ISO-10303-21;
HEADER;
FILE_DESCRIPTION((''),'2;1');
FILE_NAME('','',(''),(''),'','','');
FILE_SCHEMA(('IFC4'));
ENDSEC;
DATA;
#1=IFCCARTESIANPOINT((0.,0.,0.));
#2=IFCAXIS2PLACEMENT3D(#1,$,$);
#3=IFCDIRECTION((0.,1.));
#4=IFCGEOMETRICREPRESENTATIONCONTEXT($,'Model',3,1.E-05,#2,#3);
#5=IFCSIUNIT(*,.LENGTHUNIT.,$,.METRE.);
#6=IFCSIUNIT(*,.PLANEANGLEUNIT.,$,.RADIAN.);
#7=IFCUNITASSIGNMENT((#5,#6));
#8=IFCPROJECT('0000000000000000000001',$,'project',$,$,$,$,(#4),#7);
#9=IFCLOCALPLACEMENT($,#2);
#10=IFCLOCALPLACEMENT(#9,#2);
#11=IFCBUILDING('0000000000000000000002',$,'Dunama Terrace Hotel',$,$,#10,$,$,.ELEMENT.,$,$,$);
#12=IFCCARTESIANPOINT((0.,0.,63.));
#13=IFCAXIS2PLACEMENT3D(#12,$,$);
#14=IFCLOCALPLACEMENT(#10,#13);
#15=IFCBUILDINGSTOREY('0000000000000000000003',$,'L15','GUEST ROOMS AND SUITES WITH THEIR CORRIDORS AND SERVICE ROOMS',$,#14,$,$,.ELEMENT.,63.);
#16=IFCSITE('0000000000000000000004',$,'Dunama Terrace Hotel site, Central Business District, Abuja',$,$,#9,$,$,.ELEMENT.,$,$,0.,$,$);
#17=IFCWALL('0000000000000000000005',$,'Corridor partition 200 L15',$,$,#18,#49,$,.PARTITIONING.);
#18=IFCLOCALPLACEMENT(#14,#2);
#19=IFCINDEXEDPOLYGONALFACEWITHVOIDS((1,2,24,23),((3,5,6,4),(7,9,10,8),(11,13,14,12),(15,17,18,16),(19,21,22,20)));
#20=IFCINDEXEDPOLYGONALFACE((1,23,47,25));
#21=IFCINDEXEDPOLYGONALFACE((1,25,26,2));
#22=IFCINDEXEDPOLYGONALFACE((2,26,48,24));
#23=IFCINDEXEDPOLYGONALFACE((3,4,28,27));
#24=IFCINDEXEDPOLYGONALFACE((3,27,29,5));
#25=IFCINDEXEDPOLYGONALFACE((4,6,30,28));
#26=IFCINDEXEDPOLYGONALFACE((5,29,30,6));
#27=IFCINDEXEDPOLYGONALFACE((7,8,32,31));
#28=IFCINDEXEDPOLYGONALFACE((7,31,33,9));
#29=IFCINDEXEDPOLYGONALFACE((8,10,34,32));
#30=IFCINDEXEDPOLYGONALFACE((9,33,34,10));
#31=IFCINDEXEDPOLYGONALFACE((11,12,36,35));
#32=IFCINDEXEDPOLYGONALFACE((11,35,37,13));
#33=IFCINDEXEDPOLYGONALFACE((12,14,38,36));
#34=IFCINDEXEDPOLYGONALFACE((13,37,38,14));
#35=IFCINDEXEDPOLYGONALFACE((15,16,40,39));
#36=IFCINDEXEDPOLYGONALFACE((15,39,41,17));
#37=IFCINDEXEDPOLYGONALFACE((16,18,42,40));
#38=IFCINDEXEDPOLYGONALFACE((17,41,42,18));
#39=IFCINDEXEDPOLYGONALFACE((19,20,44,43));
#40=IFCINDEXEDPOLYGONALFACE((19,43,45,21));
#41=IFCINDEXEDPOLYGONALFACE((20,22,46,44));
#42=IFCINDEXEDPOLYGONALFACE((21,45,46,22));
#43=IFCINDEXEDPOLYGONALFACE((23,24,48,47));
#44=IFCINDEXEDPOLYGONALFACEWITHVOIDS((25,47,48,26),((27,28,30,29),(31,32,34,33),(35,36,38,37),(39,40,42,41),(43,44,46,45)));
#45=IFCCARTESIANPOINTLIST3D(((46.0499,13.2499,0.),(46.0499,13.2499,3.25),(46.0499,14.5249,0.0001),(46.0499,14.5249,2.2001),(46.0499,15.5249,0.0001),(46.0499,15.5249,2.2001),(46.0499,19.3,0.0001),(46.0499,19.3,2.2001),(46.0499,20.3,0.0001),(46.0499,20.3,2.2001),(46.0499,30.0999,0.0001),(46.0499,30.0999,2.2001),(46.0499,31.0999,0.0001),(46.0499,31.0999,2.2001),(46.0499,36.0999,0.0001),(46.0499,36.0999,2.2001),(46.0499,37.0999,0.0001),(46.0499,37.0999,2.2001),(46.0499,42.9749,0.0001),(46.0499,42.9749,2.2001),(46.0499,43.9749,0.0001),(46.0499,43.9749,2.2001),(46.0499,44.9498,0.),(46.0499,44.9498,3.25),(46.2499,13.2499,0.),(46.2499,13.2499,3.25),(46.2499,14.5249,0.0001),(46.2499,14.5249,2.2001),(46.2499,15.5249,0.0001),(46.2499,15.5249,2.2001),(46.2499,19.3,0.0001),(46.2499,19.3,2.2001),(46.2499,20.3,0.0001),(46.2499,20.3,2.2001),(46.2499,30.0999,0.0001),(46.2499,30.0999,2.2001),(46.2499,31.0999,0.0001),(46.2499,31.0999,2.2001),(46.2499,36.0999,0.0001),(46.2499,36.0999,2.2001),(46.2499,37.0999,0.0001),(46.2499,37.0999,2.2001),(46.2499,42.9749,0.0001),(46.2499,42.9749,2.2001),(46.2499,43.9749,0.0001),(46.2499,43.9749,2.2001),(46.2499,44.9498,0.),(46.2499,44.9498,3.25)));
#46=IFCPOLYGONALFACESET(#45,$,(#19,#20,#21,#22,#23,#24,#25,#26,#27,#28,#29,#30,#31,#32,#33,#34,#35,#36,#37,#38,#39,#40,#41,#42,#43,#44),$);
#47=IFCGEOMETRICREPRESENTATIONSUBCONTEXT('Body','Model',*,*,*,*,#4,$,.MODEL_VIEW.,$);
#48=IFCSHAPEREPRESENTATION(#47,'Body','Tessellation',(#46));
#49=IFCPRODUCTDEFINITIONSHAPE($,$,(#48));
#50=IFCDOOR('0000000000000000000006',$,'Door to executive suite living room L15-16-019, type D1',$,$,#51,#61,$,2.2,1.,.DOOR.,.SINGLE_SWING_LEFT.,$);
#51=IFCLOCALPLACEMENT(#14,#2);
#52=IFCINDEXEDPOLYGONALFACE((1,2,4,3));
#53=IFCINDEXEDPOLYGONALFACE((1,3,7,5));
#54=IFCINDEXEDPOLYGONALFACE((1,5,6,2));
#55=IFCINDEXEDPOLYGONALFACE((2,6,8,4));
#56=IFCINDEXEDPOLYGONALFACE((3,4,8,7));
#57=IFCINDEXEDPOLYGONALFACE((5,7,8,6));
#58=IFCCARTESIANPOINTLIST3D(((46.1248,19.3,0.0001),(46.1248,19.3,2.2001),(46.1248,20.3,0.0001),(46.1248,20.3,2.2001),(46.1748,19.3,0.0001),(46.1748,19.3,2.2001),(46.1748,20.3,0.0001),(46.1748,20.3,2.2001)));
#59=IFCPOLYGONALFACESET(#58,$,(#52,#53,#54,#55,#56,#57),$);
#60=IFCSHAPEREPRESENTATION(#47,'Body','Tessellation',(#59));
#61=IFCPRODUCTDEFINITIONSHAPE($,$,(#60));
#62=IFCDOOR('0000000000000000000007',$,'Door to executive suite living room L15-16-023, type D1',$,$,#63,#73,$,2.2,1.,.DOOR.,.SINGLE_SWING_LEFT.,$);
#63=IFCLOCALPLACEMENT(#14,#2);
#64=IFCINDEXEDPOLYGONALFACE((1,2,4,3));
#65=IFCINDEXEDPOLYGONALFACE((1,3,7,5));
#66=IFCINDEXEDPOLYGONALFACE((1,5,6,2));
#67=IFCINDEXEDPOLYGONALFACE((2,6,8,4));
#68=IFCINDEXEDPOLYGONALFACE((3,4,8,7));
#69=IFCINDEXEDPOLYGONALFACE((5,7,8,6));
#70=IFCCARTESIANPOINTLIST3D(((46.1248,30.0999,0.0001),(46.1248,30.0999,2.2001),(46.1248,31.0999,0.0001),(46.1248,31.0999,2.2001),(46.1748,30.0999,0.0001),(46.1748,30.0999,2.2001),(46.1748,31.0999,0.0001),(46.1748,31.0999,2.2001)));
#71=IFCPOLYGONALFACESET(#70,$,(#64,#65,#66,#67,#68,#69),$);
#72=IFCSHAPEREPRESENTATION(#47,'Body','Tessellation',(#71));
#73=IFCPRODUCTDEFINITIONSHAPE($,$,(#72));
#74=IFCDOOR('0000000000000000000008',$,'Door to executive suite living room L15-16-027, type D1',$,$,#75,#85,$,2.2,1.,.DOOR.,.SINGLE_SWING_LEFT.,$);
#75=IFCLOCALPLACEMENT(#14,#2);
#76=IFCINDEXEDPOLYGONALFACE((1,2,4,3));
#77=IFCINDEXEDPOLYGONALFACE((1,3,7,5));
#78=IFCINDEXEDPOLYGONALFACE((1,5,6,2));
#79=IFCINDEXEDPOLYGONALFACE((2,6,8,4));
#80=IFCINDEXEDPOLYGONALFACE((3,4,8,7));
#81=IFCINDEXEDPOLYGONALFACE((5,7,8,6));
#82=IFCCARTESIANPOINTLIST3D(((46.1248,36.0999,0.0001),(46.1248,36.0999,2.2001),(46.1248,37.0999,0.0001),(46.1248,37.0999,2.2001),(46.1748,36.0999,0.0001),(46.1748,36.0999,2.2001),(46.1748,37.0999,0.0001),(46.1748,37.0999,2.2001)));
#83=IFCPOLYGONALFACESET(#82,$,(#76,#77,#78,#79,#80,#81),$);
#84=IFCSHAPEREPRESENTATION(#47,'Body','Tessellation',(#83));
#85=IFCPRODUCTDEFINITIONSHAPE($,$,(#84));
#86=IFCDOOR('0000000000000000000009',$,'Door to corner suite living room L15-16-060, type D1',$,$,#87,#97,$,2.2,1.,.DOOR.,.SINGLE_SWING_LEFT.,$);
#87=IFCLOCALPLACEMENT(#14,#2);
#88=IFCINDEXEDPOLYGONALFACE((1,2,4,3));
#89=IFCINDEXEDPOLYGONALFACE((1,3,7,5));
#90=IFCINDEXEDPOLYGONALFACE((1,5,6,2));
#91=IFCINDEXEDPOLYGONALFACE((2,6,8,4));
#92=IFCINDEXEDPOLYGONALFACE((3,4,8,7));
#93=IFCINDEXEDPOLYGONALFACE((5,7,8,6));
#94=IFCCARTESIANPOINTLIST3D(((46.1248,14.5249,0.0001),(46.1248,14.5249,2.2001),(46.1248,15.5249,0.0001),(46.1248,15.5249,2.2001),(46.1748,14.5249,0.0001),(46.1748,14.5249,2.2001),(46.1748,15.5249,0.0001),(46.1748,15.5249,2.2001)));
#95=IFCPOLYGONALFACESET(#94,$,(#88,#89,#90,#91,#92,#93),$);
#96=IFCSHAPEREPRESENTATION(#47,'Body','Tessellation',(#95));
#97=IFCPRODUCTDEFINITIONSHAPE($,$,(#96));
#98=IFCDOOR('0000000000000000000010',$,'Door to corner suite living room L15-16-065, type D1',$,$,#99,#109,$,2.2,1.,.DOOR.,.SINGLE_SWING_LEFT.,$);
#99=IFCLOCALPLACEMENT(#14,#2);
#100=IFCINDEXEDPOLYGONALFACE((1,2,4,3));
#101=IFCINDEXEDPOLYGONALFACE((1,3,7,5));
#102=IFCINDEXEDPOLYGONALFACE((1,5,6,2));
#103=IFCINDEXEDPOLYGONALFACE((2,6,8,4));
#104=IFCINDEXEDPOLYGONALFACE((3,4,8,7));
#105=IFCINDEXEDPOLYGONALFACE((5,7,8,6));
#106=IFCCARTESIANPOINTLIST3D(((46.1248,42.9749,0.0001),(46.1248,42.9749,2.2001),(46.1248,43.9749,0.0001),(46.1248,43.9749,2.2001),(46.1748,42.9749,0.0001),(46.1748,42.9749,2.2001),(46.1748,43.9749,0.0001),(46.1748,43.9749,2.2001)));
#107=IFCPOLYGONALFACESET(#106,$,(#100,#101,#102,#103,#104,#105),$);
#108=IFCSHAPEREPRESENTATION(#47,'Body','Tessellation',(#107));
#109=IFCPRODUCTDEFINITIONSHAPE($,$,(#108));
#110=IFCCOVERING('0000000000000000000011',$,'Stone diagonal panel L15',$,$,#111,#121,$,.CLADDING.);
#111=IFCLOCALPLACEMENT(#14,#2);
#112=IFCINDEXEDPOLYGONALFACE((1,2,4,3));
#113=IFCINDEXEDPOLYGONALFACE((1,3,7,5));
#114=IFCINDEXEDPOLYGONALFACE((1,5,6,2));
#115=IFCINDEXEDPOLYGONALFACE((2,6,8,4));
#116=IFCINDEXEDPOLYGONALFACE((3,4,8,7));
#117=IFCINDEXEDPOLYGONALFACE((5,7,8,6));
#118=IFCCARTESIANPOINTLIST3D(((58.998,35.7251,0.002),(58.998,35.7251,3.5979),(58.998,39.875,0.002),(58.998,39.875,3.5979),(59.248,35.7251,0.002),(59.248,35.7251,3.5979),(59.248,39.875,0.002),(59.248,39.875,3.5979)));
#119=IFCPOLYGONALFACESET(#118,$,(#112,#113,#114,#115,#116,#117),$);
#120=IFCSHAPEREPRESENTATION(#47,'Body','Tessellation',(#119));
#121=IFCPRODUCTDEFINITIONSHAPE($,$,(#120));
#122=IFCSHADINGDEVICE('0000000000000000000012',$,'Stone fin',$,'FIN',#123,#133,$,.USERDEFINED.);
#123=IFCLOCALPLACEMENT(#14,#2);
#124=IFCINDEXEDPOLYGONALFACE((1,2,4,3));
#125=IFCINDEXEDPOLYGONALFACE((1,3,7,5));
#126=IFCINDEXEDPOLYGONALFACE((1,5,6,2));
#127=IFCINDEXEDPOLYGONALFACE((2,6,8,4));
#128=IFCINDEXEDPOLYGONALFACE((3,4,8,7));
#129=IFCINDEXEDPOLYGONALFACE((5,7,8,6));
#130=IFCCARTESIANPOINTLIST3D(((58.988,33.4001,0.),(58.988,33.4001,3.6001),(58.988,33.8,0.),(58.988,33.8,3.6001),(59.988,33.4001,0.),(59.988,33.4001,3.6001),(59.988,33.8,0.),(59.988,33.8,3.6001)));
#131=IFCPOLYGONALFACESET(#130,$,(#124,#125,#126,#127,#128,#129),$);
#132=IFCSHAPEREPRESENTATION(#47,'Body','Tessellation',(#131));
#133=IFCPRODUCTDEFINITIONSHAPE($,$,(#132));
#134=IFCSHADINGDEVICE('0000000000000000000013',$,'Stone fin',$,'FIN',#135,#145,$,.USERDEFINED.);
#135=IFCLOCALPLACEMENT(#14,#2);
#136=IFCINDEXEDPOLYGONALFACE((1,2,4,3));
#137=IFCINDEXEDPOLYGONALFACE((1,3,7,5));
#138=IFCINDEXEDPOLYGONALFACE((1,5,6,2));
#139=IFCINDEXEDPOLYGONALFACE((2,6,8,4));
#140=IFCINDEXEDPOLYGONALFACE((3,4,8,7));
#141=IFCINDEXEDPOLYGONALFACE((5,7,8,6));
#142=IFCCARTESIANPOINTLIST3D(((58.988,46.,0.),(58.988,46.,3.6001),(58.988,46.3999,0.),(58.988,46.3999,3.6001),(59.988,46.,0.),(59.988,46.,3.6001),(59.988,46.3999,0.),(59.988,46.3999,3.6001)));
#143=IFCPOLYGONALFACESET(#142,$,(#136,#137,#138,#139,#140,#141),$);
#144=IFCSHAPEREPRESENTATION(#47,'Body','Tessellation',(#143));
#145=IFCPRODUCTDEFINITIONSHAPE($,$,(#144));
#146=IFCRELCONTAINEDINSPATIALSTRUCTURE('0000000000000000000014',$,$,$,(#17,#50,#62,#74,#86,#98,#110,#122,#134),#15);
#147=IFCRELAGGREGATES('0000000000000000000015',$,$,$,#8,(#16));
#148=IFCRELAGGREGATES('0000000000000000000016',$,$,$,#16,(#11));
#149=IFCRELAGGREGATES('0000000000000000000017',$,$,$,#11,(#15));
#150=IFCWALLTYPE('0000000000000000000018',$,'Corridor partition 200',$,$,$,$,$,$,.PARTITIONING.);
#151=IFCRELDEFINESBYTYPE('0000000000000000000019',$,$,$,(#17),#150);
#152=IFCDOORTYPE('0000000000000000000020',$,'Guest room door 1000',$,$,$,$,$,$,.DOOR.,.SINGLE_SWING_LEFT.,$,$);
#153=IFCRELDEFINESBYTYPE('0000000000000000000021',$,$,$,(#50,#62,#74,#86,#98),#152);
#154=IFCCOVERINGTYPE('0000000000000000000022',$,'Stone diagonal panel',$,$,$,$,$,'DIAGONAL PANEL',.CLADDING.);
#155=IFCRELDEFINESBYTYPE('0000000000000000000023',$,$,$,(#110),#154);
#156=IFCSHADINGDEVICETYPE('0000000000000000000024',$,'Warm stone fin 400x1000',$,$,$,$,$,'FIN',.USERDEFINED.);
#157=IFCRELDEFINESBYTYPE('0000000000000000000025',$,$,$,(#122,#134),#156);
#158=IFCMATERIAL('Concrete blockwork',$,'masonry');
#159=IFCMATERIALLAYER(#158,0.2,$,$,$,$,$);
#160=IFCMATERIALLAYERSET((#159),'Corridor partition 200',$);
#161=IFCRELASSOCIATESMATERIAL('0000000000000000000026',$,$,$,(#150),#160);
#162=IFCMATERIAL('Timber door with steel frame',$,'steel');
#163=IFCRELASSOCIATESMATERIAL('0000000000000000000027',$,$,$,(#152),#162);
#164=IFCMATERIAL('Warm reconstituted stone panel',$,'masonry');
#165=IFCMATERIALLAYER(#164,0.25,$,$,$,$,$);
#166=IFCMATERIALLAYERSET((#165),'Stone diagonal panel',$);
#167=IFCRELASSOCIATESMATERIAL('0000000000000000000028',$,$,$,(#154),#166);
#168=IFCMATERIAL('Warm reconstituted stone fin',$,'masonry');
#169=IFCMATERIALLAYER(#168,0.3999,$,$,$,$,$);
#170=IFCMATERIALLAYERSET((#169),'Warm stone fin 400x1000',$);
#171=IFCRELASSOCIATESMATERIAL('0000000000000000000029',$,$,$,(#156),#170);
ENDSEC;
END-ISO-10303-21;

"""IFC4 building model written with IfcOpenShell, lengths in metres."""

from ifc_helpers import new_model, si_unit, direction, frame, frame_2d, origin, origin_2d, place, context, subcontext, project, spatial, rectangle, extrude, material, layer, layer_set, type_object, element, fill, save


model = new_model("IFC4")

# Units and contexts
model_context = context("Model", 3, precision=1e-05, world=origin(), true_north=direction((0.0, 1.0)))
body_context = subcontext(model_context, "Body", "Model", "MODEL_VIEW")
ifc_project = project(units=[si_unit("LENGTHUNIT", "METRE"), si_unit("PLANEANGLEUNIT", "RADIAN")], contexts=[model_context])

# Site, building, storey
site_placement = place(None, origin())
site = spatial("IfcSite", under=ifc_project, at=site_placement, Name="Dunama Terrace Hotel site, Central Business District, Abuja", CompositionType="ELEMENT", RefElevation=0.0)
building_placement = place(site_placement, origin())
building = spatial("IfcBuilding", under=site, at=building_placement, Name="Dunama Terrace Hotel", CompositionType="ELEMENT")
storey_placement = place(building_placement, frame((0.0, 0.0, 63.0)))
storey = spatial("IfcBuildingStorey", under=building, at=storey_placement, Name="L15", Description="GUEST ROOMS AND SUITES WITH THEIR CORRIDORS AND SERVICE ROOMS", CompositionType="ELEMENT", Elevation=63.0)

# Wall, openings, doors
ifc_material_1 = material(Name="Concrete blockwork", Category="masonry")
ifc_layer_1 = layer(ifc_material_1, 0.2)
ifc_layer_set_1 = layer_set([ifc_layer_1], Name="Corridor partition 200")
wall_type_1 = type_object("IfcWallType", Name="Corridor partition 200", PredefinedType="PARTITIONING", material=ifc_layer_set_1)
wall_1_placement = place(storey_placement, frame((46.1499, 44.95, 0.0), z_axis=(0.0, 0.0, 1.0), x_axis=(0.0, -1.0, 0.0)))
wall_1 = element("IfcWall", 1, at=wall_1_placement, inside=storey, type_object=wall_type_1, Name="Corridor partition 200 L15", PredefinedType="PARTITIONING", context=body_context, shape_type="SweptSolid", body=[
    extrude(rectangle(XDim=31.7, YDim=0.2, at=frame_2d((15.8501, 0.0))), origin(), (0.0, 0.0, 1.0), 3.25),
])
opening_1_placement = place(wall_1_placement, frame((24.6499, 0.0, 0.0)))
opening_1 = element("IfcOpeningElement", 2, at=opening_1_placement, cuts=wall_1, PredefinedType="OPENING", context=body_context, shape_type="SweptSolid", body=[
    extrude(rectangle(XDim=1.0, YDim=2.2, at=frame_2d((0.5, 1.1001))), frame((0.0, 0.1099, 0.0), z_axis=(0.0, -1.0, 0.0), x_axis=(1.0, 0.0, 0.0)), (0.0, 0.0, 1.0), 0.22),
])
opening_2_placement = place(wall_1_placement, frame((13.8501, 0.0, 0.0)))
opening_2 = element("IfcOpeningElement", 3, at=opening_2_placement, cuts=wall_1, PredefinedType="OPENING", context=body_context, shape_type="SweptSolid", body=[
    extrude(rectangle(XDim=1.0, YDim=2.2, at=frame_2d((0.5, 1.1001))), frame((0.0, 0.1099, 0.0), z_axis=(0.0, -1.0, 0.0), x_axis=(1.0, 0.0, 0.0)), (0.0, 0.0, 1.0), 0.22),
])
opening_3_placement = place(wall_1_placement, frame((7.8501, 0.0, 0.0)))
opening_3 = element("IfcOpeningElement", 4, at=opening_3_placement, cuts=wall_1, PredefinedType="OPENING", context=body_context, shape_type="SweptSolid", body=[
    extrude(rectangle(XDim=1.0, YDim=2.2, at=frame_2d((0.5, 1.1001))), frame((0.0, 0.1099, 0.0), z_axis=(0.0, -1.0, 0.0), x_axis=(1.0, 0.0, 0.0)), (0.0, 0.0, 1.0), 0.22),
])
opening_4_placement = place(wall_1_placement, frame((29.425, 0.0, 0.0)))
opening_4 = element("IfcOpeningElement", 5, at=opening_4_placement, cuts=wall_1, PredefinedType="OPENING", context=body_context, shape_type="SweptSolid", body=[
    extrude(rectangle(XDim=1.0, YDim=2.2, at=frame_2d((0.5, 1.1001))), frame((0.0, 0.1099, 0.0), z_axis=(0.0, -1.0, 0.0), x_axis=(1.0, 0.0, 0.0)), (0.0, 0.0, 1.0), 0.22),
])
opening_5_placement = place(wall_1_placement, frame((0.9751, 0.0, 0.0)))
opening_5 = element("IfcOpeningElement", 6, at=opening_5_placement, cuts=wall_1, PredefinedType="OPENING", context=body_context, shape_type="SweptSolid", body=[
    extrude(rectangle(XDim=1.0, YDim=2.2, at=frame_2d((0.5, 1.1001))), frame((0.0, 0.1099, 0.0), z_axis=(0.0, -1.0, 0.0), x_axis=(1.0, 0.0, 0.0)), (0.0, 0.0, 1.0), 0.22),
])
ifc_material_2 = material(Name="Timber door with steel frame", Category="steel")
door_type_1 = type_object("IfcDoorType", Name="Guest room door 1000", OperationType="SINGLE_SWING_LEFT", PredefinedType="DOOR", material=ifc_material_2)
door_1_placement = place(opening_1_placement, origin())
door_1 = element("IfcDoor", 7, at=door_1_placement, inside=storey, type_object=door_type_1, Name="Door to executive suite living room L15-16-019, type D1", OperationType="SINGLE_SWING_LEFT", OverallHeight=2.2, OverallWidth=1.0, PredefinedType="DOOR", context=body_context, shape_type="SweptSolid", body=[
    extrude(rectangle(XDim=1.0, YDim=2.2, at=frame_2d((0.5, 1.1001))), frame((0.0, 0.0249, 0.0), z_axis=(0.0, -1.0, 0.0), x_axis=(1.0, 0.0, 0.0)), (0.0, 0.0, 1.0), 0.05),
])
fill(opening_1, door_1)
door_2_placement = place(opening_2_placement, origin())
door_2 = element("IfcDoor", 8, at=door_2_placement, inside=storey, type_object=door_type_1, Name="Door to executive suite living room L15-16-023, type D1", OperationType="SINGLE_SWING_LEFT", OverallHeight=2.2, OverallWidth=1.0, PredefinedType="DOOR", context=body_context, shape_type="SweptSolid", body=[
    extrude(rectangle(XDim=1.0, YDim=2.2, at=frame_2d((0.5, 1.1001))), frame((0.0, 0.0249, 0.0), z_axis=(0.0, -1.0, 0.0), x_axis=(1.0, 0.0, 0.0)), (0.0, 0.0, 1.0), 0.05),
])
fill(opening_2, door_2)
door_3_placement = place(opening_3_placement, origin())
door_3 = element("IfcDoor", 9, at=door_3_placement, inside=storey, type_object=door_type_1, Name="Door to executive suite living room L15-16-027, type D1", OperationType="SINGLE_SWING_LEFT", OverallHeight=2.2, OverallWidth=1.0, PredefinedType="DOOR", context=body_context, shape_type="SweptSolid", body=[
    extrude(rectangle(XDim=1.0, YDim=2.2, at=frame_2d((0.5, 1.1001))), frame((0.0, 0.0249, 0.0), z_axis=(0.0, -1.0, 0.0), x_axis=(1.0, 0.0, 0.0)), (0.0, 0.0, 1.0), 0.05),
])
fill(opening_3, door_3)
door_4_placement = place(opening_4_placement, origin())
door_4 = element("IfcDoor", 10, at=door_4_placement, inside=storey, type_object=door_type_1, Name="Door to corner suite living room L15-16-060, type D1", OperationType="SINGLE_SWING_LEFT", OverallHeight=2.2, OverallWidth=1.0, PredefinedType="DOOR", context=body_context, shape_type="SweptSolid", body=[
    extrude(rectangle(XDim=1.0, YDim=2.2, at=frame_2d((0.5, 1.1001))), frame((0.0, 0.0249, 0.0), z_axis=(0.0, -1.0, 0.0), x_axis=(1.0, 0.0, 0.0)), (0.0, 0.0, 1.0), 0.05),
])
fill(opening_4, door_4)
door_5_placement = place(opening_5_placement, origin())
door_5 = element("IfcDoor", 11, at=door_5_placement, inside=storey, type_object=door_type_1, Name="Door to corner suite living room L15-16-065, type D1", OperationType="SINGLE_SWING_LEFT", OverallHeight=2.2, OverallWidth=1.0, PredefinedType="DOOR", context=body_context, shape_type="SweptSolid", body=[
    extrude(rectangle(XDim=1.0, YDim=2.2, at=frame_2d((0.5, 1.1001))), frame((0.0, 0.0249, 0.0), z_axis=(0.0, -1.0, 0.0), x_axis=(1.0, 0.0, 0.0)), (0.0, 0.0, 1.0), 0.05),
])
fill(opening_5, door_5)

# Covering
ifc_material_3 = material(Name="Warm reconstituted stone panel", Category="masonry")
ifc_layer_2 = layer(ifc_material_3, 0.25)
ifc_layer_set_2 = layer_set([ifc_layer_2], Name="Stone diagonal panel")
covering_type = type_object("IfcCoveringType", Name="Stone diagonal panel", ElementType="DIAGONAL PANEL", PredefinedType="CLADDING", material=ifc_layer_set_2)
covering_placement = place(storey_placement, frame((59.123, 37.8, 0.002), z_axis=(0.0, 0.0, 1.0), x_axis=(0.0, 1.0, 0.0)))
element("IfcCovering", 12, at=covering_placement, inside=storey, type_object=covering_type, Name="Stone diagonal panel L15", PredefinedType="CLADDING", context=body_context, shape_type="SweptSolid", body=[
    extrude(rectangle(XDim=4.1499, YDim=0.25, at=origin_2d()), origin(), (0.0, 0.0, 1.0), 3.5959),
])

# Shading devices
ifc_material_4 = material(Name="Warm reconstituted stone fin", Category="masonry")
ifc_layer_3 = layer(ifc_material_4, 0.3999)
ifc_layer_set_3 = layer_set([ifc_layer_3], Name="Warm stone fin 400x1000")
shading_device_type = type_object("IfcShadingDeviceType", Name="Warm stone fin 400x1000", ElementType="FIN", PredefinedType="USERDEFINED", material=ifc_layer_set_3)
for number, where, z_axis, x_axis, name in (
    (13, (59.488, 33.6001, 0.0), (0.0, 0.0, 1.0), (0.0, 1.0, 0.0), "Stone fin"),
    (14, (59.488, 46.2, 0.0), (0.0, 0.0, 1.0), (0.0, 1.0, 0.0), "Stone fin"),
):
    element("IfcShadingDevice", number, at=place(storey_placement, frame(where, z_axis=z_axis, x_axis=x_axis)), inside=storey, type_object=shading_device_type, Name=name, ObjectType="FIN", PredefinedType="USERDEFINED", context=body_context, shape_type="SweptSolid", body=[
        extrude(rectangle(XDim=0.3999, YDim=1.0, at=origin_2d()), origin(), (0.0, 0.0, 1.0), 3.6001),
    ])

save(model, "model.ifc")
